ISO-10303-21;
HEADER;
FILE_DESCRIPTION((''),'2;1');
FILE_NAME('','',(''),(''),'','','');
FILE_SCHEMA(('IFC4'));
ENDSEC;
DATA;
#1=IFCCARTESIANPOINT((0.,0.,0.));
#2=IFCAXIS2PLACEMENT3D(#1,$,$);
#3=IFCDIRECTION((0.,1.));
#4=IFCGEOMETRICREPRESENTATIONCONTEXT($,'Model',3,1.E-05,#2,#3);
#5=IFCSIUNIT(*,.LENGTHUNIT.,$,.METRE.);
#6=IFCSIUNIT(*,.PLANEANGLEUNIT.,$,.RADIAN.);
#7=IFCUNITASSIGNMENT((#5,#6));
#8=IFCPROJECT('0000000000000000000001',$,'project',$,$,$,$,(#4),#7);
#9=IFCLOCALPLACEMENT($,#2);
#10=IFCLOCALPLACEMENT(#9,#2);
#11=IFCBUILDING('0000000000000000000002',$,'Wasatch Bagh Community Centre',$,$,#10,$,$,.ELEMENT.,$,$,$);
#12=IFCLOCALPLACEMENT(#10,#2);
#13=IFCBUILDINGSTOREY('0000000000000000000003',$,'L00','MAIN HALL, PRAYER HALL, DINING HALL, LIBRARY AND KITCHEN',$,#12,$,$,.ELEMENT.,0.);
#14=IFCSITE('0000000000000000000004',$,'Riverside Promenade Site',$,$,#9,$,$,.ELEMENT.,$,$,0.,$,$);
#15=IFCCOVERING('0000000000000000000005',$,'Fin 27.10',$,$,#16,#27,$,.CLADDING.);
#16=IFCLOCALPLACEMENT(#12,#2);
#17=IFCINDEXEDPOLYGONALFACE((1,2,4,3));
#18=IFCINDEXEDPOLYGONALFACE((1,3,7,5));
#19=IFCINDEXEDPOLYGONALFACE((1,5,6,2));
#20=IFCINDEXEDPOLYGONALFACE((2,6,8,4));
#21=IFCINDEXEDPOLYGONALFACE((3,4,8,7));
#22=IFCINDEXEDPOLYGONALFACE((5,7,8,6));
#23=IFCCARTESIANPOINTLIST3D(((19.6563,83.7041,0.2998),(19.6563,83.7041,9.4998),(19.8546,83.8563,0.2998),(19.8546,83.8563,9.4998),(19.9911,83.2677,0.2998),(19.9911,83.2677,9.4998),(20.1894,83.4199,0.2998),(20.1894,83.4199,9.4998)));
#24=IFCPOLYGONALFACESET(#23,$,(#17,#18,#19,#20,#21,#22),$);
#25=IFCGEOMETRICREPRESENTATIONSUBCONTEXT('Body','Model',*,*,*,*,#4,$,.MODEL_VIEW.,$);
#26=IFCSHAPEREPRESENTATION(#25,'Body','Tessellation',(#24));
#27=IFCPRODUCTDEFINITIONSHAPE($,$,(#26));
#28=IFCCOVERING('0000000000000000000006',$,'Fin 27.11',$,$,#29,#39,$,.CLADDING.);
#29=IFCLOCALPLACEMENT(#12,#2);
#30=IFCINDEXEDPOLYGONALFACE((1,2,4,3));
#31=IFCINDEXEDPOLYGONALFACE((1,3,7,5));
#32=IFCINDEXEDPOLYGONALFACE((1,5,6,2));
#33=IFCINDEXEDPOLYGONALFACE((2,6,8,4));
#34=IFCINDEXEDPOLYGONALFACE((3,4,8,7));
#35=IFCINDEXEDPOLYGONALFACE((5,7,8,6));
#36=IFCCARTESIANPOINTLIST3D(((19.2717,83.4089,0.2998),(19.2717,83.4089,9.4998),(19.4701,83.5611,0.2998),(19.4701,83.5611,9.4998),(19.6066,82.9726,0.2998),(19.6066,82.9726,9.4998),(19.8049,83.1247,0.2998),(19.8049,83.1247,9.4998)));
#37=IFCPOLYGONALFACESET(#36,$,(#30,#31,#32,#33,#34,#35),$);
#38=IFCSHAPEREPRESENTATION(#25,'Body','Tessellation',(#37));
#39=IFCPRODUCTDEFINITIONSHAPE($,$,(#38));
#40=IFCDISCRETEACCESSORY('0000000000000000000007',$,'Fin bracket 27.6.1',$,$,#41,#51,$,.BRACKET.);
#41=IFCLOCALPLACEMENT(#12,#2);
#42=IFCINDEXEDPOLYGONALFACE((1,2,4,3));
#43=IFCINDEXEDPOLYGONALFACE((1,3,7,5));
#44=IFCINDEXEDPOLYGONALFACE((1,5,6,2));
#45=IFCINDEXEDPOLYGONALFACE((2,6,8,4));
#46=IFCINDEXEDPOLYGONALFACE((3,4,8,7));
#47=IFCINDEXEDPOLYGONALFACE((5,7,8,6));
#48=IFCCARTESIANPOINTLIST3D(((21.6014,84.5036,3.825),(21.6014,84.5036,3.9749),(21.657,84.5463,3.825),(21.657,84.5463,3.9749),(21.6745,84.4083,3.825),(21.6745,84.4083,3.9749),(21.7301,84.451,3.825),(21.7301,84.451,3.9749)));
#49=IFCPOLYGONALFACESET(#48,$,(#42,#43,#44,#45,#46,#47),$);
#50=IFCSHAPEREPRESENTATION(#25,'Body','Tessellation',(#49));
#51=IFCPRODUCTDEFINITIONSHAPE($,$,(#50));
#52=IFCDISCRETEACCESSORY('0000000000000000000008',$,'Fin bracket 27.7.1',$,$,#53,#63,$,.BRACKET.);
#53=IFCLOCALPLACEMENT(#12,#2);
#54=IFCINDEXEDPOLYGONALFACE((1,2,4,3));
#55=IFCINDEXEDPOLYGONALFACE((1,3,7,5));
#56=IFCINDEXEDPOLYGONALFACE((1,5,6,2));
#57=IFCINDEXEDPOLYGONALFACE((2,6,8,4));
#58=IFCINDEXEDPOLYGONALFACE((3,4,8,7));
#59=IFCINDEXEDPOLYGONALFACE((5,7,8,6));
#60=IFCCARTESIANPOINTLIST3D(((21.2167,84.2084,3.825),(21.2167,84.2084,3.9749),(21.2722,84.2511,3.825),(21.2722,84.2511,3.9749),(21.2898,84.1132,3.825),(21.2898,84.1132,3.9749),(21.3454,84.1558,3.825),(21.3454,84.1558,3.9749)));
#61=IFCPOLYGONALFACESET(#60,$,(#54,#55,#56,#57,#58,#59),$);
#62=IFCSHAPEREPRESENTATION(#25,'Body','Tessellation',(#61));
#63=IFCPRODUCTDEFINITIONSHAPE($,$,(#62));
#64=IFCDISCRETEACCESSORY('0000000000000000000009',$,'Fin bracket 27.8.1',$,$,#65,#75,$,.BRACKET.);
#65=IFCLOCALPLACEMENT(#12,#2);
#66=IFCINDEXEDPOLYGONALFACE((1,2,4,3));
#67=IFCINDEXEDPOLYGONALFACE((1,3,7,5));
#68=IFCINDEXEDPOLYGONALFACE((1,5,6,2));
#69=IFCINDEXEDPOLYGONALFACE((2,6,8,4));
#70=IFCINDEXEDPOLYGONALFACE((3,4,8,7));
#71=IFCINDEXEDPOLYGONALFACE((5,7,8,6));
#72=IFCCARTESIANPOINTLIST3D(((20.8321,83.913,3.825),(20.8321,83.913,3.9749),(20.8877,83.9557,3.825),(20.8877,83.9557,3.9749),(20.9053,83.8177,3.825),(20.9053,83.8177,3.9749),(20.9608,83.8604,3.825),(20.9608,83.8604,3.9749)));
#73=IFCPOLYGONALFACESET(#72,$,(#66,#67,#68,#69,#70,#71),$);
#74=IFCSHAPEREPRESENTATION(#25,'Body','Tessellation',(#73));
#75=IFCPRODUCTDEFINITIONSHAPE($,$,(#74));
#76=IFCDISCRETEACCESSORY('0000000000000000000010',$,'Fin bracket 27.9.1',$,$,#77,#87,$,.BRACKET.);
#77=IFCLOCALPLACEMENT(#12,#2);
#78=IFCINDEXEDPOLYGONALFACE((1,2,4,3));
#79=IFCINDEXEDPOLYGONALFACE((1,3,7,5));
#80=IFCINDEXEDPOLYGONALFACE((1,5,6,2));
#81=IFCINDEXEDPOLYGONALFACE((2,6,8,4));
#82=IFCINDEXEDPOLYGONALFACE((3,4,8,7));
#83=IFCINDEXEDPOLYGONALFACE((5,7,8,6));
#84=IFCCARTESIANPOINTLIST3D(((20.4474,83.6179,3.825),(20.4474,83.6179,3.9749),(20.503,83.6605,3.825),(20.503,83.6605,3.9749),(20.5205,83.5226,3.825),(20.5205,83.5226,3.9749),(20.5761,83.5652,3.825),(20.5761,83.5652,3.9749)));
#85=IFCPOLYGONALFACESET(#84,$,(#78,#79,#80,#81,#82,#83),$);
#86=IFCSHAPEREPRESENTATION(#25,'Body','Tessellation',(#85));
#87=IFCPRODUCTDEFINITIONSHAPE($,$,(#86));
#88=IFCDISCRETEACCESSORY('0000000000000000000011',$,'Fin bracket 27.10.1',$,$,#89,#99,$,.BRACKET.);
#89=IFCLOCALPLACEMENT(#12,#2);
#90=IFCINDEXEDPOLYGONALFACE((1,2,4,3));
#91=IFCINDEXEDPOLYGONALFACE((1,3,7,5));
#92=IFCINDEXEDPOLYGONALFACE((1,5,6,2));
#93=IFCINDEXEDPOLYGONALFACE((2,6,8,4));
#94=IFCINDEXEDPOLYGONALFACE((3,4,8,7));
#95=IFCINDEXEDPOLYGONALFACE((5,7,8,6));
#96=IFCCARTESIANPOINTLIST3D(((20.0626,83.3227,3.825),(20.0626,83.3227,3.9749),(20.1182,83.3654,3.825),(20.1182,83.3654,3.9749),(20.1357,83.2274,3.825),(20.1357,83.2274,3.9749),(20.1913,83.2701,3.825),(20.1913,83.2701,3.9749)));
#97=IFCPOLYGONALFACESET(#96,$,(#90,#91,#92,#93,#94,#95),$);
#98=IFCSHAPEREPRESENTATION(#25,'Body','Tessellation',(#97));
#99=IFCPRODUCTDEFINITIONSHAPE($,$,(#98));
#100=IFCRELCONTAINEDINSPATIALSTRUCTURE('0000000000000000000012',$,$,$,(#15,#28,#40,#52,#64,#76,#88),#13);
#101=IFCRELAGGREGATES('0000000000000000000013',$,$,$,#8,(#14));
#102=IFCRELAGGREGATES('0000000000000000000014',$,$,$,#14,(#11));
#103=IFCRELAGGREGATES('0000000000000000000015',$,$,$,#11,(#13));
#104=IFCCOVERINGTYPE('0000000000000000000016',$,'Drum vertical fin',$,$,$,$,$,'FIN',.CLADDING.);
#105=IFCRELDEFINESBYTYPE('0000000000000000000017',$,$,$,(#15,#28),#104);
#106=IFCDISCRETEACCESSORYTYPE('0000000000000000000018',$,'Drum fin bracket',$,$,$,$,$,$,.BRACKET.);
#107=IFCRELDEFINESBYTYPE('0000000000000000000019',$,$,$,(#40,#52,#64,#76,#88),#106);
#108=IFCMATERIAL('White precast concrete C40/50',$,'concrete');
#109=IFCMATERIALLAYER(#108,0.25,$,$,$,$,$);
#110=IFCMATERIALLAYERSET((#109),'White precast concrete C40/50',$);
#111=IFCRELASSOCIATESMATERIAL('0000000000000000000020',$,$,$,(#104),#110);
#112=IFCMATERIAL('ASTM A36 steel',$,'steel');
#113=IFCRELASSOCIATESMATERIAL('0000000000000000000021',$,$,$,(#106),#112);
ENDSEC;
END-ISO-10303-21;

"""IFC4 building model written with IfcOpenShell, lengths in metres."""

from ifc_helpers import new_model, si_unit, direction, frame, origin, origin_2d, place, context, subcontext, project, spatial, rectangle, extrude, material, layer, layer_set, type_object, element, save


model = new_model("IFC4")

# Units and contexts
model_context = context("Model", 3, precision=1e-05, world=origin(), true_north=direction((0.0, 1.0)))
body_context = subcontext(model_context, "Body", "Model", "MODEL_VIEW")
ifc_project = project(units=[si_unit("LENGTHUNIT", "METRE"), si_unit("PLANEANGLEUNIT", "RADIAN")], contexts=[model_context])

# Site, building, storey
site_placement = place(None, origin())
site = spatial("IfcSite", under=ifc_project, at=site_placement, Name="Riverside Promenade Site", CompositionType="ELEMENT", RefElevation=0.0)
building_placement = place(site_placement, origin())
building = spatial("IfcBuilding", under=site, at=building_placement, Name="Wasatch Bagh Community Centre", CompositionType="ELEMENT")
storey_placement = place(building_placement, origin())
storey = spatial("IfcBuildingStorey", under=building, at=storey_placement, Name="L00", Description="MAIN HALL, PRAYER HALL, DINING HALL, LIBRARY AND KITCHEN", CompositionType="ELEMENT", Elevation=0.0)

# Coverings
ifc_material_1 = material(Name="White precast concrete C40/50", Category="concrete")
ifc_layer_1 = layer(ifc_material_1, 0.25)
ifc_layer_set_1 = layer_set([ifc_layer_1], Name="White precast concrete C40/50")
covering_type = type_object("IfcCoveringType", Name="Drum vertical fin", ElementType="FIN", PredefinedType="CLADDING", material=ifc_layer_set_1)
for number, where, z_axis, x_axis, name in (
    (1, (19.9229, 83.562, 0.2998), (0.0, 0.0, 1.0), (-0.793353, -0.608761, 0.0), "Fin 27.10"),
    (2, (19.5383, 83.2668, 0.2998), (0.0, 0.0, 1.0), (-0.793353, -0.608761, 0.0), "Fin 27.11"),
):
    element("IfcCovering", number, at=place(storey_placement, frame(where, z_axis=z_axis, x_axis=x_axis)), inside=storey, type_object=covering_type, Name=name, PredefinedType="CLADDING", context=body_context, shape_type="SweptSolid", body=[
        extrude(rectangle(XDim=0.25, YDim=0.55, at=origin_2d()), origin(), (0.0, 0.0, 1.0), 9.2),
    ])

# Discrete accessories
ifc_material_2 = material(Name="ASTM A36 steel", Category="steel")
discrete_accessory_type = type_object("IfcDiscreteAccessoryType", Name="Drum fin bracket", PredefinedType="BRACKET", material=ifc_material_2)
for number, where, z_axis, x_axis, name in (
    (3, (21.6658, 84.4773, 3.825), (0.0, 0.0, 1.0), (-0.793353, -0.608761, 0.0), "Fin bracket 27.6.1"),
    (4, (21.281, 84.1821, 3.825), (0.0, 0.0, 1.0), (-0.793353, -0.608761, 0.0), "Fin bracket 27.7.1"),
    (5, (20.8965, 83.8867, 3.825), (0.0, 0.0, 1.0), (-0.793353, -0.608761, 0.0), "Fin bracket 27.8.1"),
    (6, (20.5117, 83.5916, 3.825), (0.0, 0.0, 1.0), (-0.793353, -0.608761, 0.0), "Fin bracket 27.9.1"),
    (7, (20.127, 83.2964, 3.825), (0.0, 0.0, 1.0), (-0.793353, -0.608761, 0.0), "Fin bracket 27.10.1"),
):
    element("IfcDiscreteAccessory", number, at=place(storey_placement, frame(where, z_axis=z_axis, x_axis=x_axis)), inside=storey, type_object=discrete_accessory_type, Name=name, PredefinedType="BRACKET", context=body_context, shape_type="SweptSolid", body=[
        extrude(rectangle(XDim=0.0701, YDim=0.1201, at=origin_2d()), origin(), (0.0, 0.0, 1.0), 0.1499),
    ])

save(model, "model.ifc")
